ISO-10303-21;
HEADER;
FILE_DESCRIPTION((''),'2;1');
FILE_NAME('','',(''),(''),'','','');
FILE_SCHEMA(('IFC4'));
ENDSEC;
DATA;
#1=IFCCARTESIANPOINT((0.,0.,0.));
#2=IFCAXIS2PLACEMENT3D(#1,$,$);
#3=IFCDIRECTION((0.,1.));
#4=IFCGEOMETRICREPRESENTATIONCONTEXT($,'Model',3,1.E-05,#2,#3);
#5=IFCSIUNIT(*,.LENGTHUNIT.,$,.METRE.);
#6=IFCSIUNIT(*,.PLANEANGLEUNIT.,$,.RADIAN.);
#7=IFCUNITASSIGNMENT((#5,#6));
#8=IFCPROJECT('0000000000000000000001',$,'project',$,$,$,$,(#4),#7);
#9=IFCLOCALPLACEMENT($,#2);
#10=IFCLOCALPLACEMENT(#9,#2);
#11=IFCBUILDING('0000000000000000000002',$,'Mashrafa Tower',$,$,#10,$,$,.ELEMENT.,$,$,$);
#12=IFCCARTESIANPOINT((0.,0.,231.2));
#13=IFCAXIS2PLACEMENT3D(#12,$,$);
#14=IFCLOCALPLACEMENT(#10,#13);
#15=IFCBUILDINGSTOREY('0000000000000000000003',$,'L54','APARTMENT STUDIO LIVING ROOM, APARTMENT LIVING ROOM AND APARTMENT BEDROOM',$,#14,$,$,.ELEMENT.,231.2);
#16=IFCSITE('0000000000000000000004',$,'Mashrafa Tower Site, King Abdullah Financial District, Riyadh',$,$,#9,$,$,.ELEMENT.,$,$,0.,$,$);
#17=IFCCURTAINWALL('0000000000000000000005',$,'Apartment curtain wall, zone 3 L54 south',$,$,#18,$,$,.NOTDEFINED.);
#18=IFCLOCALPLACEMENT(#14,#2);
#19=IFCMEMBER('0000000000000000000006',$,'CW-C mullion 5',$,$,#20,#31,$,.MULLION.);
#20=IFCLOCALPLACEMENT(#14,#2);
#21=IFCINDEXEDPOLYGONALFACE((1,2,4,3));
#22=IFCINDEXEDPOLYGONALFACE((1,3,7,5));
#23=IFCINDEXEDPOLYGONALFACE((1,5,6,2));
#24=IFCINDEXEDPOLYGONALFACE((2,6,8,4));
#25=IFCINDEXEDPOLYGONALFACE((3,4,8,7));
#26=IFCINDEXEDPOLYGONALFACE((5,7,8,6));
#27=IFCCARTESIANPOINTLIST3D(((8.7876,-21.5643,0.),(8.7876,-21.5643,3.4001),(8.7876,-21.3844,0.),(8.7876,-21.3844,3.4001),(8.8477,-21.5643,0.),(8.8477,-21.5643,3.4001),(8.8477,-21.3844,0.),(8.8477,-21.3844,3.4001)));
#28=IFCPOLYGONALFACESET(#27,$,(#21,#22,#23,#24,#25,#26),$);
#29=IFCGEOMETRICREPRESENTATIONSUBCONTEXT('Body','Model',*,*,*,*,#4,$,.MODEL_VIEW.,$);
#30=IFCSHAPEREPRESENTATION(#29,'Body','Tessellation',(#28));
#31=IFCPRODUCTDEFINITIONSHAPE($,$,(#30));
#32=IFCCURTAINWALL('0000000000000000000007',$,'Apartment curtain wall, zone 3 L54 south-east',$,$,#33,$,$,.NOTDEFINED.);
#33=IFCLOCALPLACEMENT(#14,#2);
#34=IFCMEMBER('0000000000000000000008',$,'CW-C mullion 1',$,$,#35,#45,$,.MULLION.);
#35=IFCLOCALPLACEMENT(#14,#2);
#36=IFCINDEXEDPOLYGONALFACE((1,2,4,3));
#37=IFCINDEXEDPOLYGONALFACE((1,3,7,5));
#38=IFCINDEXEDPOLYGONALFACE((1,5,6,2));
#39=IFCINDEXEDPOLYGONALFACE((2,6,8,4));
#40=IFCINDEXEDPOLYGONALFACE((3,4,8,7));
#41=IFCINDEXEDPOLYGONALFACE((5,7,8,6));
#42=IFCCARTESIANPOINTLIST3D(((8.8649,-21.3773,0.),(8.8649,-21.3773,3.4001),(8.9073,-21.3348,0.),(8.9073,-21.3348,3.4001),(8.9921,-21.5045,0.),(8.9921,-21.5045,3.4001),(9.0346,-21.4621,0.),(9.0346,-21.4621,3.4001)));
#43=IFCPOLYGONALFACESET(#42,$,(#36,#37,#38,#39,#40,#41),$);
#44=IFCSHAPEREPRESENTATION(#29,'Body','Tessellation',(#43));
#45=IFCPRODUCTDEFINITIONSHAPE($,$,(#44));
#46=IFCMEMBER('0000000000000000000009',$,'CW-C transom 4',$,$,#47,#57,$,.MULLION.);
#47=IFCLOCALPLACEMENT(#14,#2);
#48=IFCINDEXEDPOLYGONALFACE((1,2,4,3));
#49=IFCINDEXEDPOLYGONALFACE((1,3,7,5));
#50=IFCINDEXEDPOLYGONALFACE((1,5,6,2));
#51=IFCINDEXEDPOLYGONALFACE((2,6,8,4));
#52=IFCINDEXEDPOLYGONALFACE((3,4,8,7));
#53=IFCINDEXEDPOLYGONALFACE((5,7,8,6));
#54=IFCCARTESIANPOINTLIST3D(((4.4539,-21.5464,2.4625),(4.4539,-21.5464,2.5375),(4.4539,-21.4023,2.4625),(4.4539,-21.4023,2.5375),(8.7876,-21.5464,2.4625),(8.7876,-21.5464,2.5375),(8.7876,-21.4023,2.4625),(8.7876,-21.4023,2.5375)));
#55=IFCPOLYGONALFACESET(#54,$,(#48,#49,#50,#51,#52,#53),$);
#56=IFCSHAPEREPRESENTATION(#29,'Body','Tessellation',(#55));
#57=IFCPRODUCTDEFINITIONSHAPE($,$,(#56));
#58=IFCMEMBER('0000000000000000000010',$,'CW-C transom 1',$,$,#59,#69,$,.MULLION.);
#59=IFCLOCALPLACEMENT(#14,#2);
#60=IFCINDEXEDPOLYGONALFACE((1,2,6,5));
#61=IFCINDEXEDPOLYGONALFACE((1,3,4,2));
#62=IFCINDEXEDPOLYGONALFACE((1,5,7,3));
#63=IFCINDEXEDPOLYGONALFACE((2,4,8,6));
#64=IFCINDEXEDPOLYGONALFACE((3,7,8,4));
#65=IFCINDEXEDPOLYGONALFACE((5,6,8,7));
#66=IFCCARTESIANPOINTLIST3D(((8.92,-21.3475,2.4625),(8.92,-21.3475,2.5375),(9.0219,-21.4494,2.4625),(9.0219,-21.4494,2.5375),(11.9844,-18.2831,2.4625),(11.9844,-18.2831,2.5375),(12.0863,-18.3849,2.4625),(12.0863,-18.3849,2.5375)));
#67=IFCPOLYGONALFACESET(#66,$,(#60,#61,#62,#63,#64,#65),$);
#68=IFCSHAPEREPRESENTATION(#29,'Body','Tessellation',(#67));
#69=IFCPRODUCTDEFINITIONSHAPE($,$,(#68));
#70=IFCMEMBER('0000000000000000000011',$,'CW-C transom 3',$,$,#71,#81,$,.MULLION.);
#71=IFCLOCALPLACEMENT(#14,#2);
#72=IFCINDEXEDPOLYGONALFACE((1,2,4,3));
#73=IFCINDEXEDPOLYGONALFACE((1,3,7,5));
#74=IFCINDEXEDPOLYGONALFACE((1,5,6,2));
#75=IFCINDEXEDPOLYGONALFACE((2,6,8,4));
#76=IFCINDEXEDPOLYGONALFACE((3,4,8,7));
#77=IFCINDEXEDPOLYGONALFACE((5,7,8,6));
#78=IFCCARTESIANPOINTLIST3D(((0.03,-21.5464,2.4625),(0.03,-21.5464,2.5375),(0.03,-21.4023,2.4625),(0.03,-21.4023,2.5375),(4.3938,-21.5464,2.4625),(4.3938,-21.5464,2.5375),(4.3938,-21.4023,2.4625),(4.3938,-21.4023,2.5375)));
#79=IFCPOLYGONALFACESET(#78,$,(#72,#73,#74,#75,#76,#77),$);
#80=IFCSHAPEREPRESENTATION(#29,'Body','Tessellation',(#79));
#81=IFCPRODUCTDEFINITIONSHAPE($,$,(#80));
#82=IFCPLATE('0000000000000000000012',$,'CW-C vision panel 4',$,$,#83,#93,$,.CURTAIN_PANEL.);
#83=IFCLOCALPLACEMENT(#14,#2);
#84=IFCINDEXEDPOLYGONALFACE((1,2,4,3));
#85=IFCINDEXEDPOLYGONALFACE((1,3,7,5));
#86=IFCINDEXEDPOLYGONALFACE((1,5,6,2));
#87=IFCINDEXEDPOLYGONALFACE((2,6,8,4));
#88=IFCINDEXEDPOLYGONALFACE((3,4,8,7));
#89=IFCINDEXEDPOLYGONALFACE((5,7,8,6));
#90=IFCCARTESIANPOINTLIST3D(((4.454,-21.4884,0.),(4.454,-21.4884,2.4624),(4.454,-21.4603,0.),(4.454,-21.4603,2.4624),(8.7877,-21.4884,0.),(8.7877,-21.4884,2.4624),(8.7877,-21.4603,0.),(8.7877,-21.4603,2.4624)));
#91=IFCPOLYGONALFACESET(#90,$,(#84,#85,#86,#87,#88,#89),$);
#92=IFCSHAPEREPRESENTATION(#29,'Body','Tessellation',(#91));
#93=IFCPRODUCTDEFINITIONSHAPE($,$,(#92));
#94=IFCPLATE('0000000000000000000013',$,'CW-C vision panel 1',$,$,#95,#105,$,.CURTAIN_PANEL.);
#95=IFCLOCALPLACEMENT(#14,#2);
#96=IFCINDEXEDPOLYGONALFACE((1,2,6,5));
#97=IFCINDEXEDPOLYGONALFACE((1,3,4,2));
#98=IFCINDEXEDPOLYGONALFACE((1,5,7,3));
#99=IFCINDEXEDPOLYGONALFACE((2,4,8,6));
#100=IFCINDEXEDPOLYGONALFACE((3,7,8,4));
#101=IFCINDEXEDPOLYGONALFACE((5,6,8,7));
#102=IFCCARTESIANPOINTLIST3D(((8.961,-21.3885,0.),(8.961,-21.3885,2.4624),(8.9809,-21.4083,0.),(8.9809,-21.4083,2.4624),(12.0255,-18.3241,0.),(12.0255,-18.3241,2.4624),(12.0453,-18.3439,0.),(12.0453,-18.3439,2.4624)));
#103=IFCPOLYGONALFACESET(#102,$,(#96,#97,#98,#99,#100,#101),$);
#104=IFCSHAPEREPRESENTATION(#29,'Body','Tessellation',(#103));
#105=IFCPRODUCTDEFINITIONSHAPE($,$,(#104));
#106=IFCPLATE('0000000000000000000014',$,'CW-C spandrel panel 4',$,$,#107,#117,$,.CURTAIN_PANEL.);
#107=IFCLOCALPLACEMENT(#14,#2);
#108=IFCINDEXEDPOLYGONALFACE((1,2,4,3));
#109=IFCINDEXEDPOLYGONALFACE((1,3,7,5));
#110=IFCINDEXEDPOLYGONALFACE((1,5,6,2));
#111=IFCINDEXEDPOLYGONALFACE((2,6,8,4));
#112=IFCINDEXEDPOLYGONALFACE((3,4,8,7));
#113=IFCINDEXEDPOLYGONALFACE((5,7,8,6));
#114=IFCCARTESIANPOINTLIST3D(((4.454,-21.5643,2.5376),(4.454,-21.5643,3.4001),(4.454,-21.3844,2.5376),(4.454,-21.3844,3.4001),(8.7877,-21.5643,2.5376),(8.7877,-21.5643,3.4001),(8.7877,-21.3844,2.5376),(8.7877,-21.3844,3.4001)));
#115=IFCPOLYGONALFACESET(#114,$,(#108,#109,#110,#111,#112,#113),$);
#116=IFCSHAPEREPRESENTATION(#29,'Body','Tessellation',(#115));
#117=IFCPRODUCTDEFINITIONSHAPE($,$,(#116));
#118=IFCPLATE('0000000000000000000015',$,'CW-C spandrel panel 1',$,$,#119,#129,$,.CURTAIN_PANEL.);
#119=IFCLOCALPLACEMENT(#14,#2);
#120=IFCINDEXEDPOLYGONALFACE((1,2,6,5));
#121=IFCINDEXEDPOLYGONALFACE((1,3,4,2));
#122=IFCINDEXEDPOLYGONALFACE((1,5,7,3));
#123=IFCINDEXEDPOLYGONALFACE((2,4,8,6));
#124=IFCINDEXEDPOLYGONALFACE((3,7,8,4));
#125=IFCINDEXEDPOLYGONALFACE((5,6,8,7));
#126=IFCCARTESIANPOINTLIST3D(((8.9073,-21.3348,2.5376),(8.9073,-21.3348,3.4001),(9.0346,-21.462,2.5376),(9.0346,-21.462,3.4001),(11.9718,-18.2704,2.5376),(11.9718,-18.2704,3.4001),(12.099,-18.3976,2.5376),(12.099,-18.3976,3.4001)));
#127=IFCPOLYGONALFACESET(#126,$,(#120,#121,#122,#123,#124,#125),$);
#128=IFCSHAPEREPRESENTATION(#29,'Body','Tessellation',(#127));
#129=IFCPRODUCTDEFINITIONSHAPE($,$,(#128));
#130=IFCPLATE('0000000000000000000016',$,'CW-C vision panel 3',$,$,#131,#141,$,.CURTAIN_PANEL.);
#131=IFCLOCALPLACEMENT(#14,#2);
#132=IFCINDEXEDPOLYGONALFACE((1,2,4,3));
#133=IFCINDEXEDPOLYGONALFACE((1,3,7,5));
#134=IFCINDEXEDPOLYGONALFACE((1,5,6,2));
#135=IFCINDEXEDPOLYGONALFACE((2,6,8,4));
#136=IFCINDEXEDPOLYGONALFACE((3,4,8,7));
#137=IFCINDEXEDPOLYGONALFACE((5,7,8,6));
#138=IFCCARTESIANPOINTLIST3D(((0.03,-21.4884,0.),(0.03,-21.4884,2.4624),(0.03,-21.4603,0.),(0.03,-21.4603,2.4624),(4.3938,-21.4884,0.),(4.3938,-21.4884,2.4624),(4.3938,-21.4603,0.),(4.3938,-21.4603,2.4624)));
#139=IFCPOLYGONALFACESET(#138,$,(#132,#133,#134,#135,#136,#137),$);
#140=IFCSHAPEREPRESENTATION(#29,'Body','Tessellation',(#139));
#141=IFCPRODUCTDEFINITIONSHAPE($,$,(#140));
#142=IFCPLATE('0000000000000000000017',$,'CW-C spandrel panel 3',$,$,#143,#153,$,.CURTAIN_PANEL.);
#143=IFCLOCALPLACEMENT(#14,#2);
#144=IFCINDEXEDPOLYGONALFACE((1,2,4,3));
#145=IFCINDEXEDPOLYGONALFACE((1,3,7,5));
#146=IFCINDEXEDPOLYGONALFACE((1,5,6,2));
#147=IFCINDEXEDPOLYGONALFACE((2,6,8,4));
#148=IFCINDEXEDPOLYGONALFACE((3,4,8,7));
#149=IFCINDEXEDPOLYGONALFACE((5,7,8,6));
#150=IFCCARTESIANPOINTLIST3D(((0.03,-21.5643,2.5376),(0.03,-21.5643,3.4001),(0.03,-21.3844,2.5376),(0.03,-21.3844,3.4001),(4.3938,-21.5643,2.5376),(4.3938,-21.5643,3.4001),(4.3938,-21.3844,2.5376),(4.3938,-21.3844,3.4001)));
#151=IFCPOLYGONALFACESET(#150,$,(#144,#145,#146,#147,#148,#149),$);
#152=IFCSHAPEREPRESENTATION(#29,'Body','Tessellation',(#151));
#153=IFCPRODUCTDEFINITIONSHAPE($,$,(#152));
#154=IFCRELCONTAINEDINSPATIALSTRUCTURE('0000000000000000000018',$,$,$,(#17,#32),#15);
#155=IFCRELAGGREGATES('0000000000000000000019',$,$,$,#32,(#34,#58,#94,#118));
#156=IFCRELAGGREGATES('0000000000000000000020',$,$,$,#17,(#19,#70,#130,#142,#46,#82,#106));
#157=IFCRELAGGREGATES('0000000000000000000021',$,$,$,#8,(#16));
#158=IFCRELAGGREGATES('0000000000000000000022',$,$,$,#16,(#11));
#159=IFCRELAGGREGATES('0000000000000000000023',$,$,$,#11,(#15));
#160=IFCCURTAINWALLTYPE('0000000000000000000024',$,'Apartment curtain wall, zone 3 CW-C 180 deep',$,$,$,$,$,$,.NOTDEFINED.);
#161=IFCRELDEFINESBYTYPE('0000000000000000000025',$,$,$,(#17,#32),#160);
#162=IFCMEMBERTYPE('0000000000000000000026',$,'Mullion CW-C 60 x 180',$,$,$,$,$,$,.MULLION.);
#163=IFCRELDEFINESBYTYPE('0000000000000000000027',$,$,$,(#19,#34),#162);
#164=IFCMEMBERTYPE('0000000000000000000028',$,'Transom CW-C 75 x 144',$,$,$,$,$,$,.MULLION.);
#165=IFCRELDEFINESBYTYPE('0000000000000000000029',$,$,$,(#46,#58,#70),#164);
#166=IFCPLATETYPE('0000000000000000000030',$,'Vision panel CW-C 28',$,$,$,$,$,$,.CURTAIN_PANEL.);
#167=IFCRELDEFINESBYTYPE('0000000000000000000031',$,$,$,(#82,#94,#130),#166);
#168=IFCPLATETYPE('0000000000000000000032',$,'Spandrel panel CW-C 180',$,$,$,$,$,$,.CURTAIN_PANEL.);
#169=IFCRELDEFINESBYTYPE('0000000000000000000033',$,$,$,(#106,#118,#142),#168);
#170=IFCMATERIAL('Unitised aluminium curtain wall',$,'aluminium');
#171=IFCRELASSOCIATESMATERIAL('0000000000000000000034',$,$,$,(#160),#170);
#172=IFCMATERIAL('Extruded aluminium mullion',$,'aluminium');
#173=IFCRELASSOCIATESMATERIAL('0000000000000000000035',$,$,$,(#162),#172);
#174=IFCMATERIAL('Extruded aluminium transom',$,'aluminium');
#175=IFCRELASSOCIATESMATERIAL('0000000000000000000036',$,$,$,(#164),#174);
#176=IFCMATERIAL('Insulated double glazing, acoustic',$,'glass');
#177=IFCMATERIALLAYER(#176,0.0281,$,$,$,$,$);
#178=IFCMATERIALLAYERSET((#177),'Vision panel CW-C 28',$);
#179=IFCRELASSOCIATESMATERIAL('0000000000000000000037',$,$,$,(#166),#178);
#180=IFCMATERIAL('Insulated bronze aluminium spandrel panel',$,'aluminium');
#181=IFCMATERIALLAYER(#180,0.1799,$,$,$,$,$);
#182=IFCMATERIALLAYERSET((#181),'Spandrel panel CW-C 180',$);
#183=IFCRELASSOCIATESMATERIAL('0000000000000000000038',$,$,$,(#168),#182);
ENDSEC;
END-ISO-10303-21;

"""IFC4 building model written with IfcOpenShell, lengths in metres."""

from ifc_helpers import new_model, si_unit, direction, frame, origin, origin_2d, place, context, subcontext, project, spatial, rectangle, extrude, source, transform, mapped, material, layer, layer_set, material_profile, profile_set, type_object, type_shapes, element, aggregate, save


model = new_model("IFC4")

# Units and contexts
model_context = context("Model", 3, precision=1e-05, world=origin(), true_north=direction((0.0, 1.0)))
body_context = subcontext(model_context, "Body", "Model", "MODEL_VIEW")
ifc_project = project(units=[si_unit("LENGTHUNIT", "METRE"), si_unit("PLANEANGLEUNIT", "RADIAN")], contexts=[model_context])

# Site, building, storey
site_placement = place(None, origin())
site = spatial("IfcSite", under=ifc_project, at=site_placement, Name="Mashrafa Tower Site, King Abdullah Financial District, Riyadh", CompositionType="ELEMENT", RefElevation=0.0)
building_placement = place(site_placement, origin())
building = spatial("IfcBuilding", under=site, at=building_placement, Name="Mashrafa Tower", CompositionType="ELEMENT")
storey_placement = place(building_placement, frame((0.0, 0.0, 231.2)))
storey = spatial("IfcBuildingStorey", under=building, at=storey_placement, Name="L54", Description="APARTMENT STUDIO LIVING ROOM, APARTMENT LIVING ROOM AND APARTMENT BEDROOM", CompositionType="ELEMENT", Elevation=231.2)

# Curtain wall, member
ifc_material_1 = material(Name="Unitised aluminium curtain wall", Category="aluminium")
curtain_wall_type = type_object("IfcCurtainWallType", Name="Apartment curtain wall, zone 3 CW-C 180 deep", PredefinedType="NOTDEFINED", material=ifc_material_1)
curtain_wall_1_placement = place(storey_placement, origin())
curtain_wall_1 = element("IfcCurtainWall", 1, at=curtain_wall_1_placement, inside=storey, type_object=curtain_wall_type, Name="Apartment curtain wall, zone 3 L54 south", PredefinedType="NOTDEFINED")
ifc_material_2 = material(Name="Extruded aluminium mullion", Category="aluminium")
ifc_material_profile_1 = material_profile(ifc_material_2, rectangle(XDim=0.1799, YDim=0.0601, at=origin_2d()), Name="Mullion 60x180")
ifc_profile_set_1 = profile_set([ifc_material_profile_1], Name="Extruded aluminium mullion")
member_type_1 = type_object("IfcMemberType", Name="Mullion CW-C 60 x 180", PredefinedType="MULLION", material=ifc_profile_set_1)
shared_shape_1 = source(origin(), body_context, "Body", "SweptSolid", [
    extrude(rectangle(XDim=0.1799, YDim=0.0601, at=origin_2d()), origin(), (0.0, 0.0, 1.0), 3.4001),
])
type_shapes(member_type_1, [shared_shape_1])
member_1_placement = place(storey_placement, frame((8.8176, -21.4744, 0.0), z_axis=(0.0, 0.0, 1.0), x_axis=(0.0, 1.0, 0.0)))
member_1 = element("IfcMember", 2, at=member_1_placement, type_object=member_type_1, Name="CW-C mullion 5", PredefinedType="MULLION", context=body_context, shape_type="MappedRepresentation", body=[
    mapped(shared_shape_1, transform((0.0, 0.0, 0.0))),
])

# Curtain wall, member
curtain_wall_2_placement = place(storey_placement, origin())
curtain_wall_2 = element("IfcCurtainWall", 3, at=curtain_wall_2_placement, inside=storey, type_object=curtain_wall_type, Name="Apartment curtain wall, zone 3 L54 south-east", PredefinedType="NOTDEFINED")
member_2_placement = place(storey_placement, frame((8.9497, -21.4197, 0.0), z_axis=(0.0, 0.0, 1.0), x_axis=(-0.707107, 0.707107, 0.0)))
member_2 = element("IfcMember", 4, at=member_2_placement, type_object=member_type_1, Name="CW-C mullion 1", PredefinedType="MULLION", context=body_context, shape_type="MappedRepresentation", body=[
    mapped(shared_shape_1, transform((0.0, 0.0, 0.0))),
])

# Members
ifc_material_3 = material(Name="Extruded aluminium transom", Category="aluminium")
ifc_material_profile_2 = material_profile(ifc_material_3, rectangle(XDim=0.144, YDim=0.075, at=origin_2d()), Name="Transom 75x144")
ifc_profile_set_2 = profile_set([ifc_material_profile_2], Name="Extruded aluminium transom")
member_type_2 = type_object("IfcMemberType", Name="Transom CW-C 75 x 144", PredefinedType="MULLION", material=ifc_profile_set_2)
shared_shape_2 = source(origin(), body_context, "Body", "SweptSolid", [
    extrude(rectangle(XDim=0.144, YDim=0.075, at=origin_2d()), origin(), (0.0, 0.0, 1.0), 4.3337),
])
member_3_placement = place(storey_placement, frame((4.4539, -21.4744, 2.5), z_axis=(1.0, 0.0, 0.0), x_axis=(0.0, 1.0, 0.0)))
member_3 = element("IfcMember", 5, at=member_3_placement, type_object=member_type_2, Name="CW-C transom 4", PredefinedType="MULLION", context=body_context, shape_type="MappedRepresentation", body=[
    mapped(shared_shape_2, transform((0.0, 0.0, 0.0))),
])
member_4_placement = place(storey_placement, frame((8.9709, -21.3984, 2.5), z_axis=(0.707107, 0.707107, 0.0), x_axis=(-0.707107, 0.707107, 0.0)))
member_4 = element("IfcMember", 6, at=member_4_placement, type_object=member_type_2, Name="CW-C transom 1", PredefinedType="MULLION", context=body_context, shape_type="MappedRepresentation", body=[
    mapped(shared_shape_2, transform((0.0, 0.0, 0.0))),
])
shared_shape_3 = source(origin(), body_context, "Body", "SweptSolid", [
    extrude(rectangle(XDim=0.144, YDim=0.075, at=origin_2d()), origin(), (0.0, 0.0, 1.0), 4.3638),
])
type_shapes(member_type_2, [shared_shape_2, shared_shape_3])
member_5_placement = place(storey_placement, frame((0.03, -21.4744, 2.5), z_axis=(1.0, 0.0, 0.0), x_axis=(0.0, 1.0, 0.0)))
member_5 = element("IfcMember", 7, at=member_5_placement, type_object=member_type_2, Name="CW-C transom 3", PredefinedType="MULLION", context=body_context, shape_type="MappedRepresentation", body=[
    mapped(shared_shape_3, transform((0.0, 0.0, 0.0))),
])

# Plates
ifc_material_4 = material(Name="Insulated double glazing, acoustic", Category="glass")
ifc_layer_1 = layer(ifc_material_4, 0.0281)
ifc_layer_set_1 = layer_set([ifc_layer_1], Name="Vision panel CW-C 28")
plate_type_1 = type_object("IfcPlateType", Name="Vision panel CW-C 28", PredefinedType="CURTAIN_PANEL", material=ifc_layer_set_1)
shared_shape_4 = source(origin(), body_context, "Body", "SweptSolid", [
    extrude(rectangle(XDim=4.3337, YDim=0.0281, at=origin_2d()), origin(), (0.0, 0.0, 1.0), 2.4624),
])
plate_1_placement = place(storey_placement, frame((6.6208, -21.4744, 0.0), z_axis=(0.0, 0.0, 1.0), x_axis=(1.0, 0.0, 0.0)))
plate_1 = element("IfcPlate", 8, at=plate_1_placement, type_object=plate_type_1, Name="CW-C vision panel 4", PredefinedType="CURTAIN_PANEL", context=body_context, shape_type="MappedRepresentation", body=[
    mapped(shared_shape_4, transform((0.0, 0.0, 0.0))),
])
plate_2_placement = place(storey_placement, frame((10.5032, -19.8662, 0.0), z_axis=(0.0, 0.0, 1.0), x_axis=(0.707107, 0.707107, 0.0)))
plate_2 = element("IfcPlate", 9, at=plate_2_placement, type_object=plate_type_1, Name="CW-C vision panel 1", PredefinedType="CURTAIN_PANEL", context=body_context, shape_type="MappedRepresentation", body=[
    mapped(shared_shape_4, transform((0.0, 0.0, 0.0))),
])
ifc_material_5 = material(Name="Insulated bronze aluminium spandrel panel", Category="aluminium")
ifc_layer_2 = layer(ifc_material_5, 0.1799)
ifc_layer_set_2 = layer_set([ifc_layer_2], Name="Spandrel panel CW-C 180")
plate_type_2 = type_object("IfcPlateType", Name="Spandrel panel CW-C 180", PredefinedType="CURTAIN_PANEL", material=ifc_layer_set_2)
shared_shape_5 = source(origin(), body_context, "Body", "SweptSolid", [
    extrude(rectangle(XDim=4.3337, YDim=0.1799, at=origin_2d()), origin(), (0.0, 0.0, 1.0), 0.8625),
])
plate_3_placement = place(storey_placement, frame((6.6208, -21.4744, 2.5376), z_axis=(0.0, 0.0, 1.0), x_axis=(1.0, 0.0, 0.0)))
plate_3 = element("IfcPlate", 10, at=plate_3_placement, type_object=plate_type_2, Name="CW-C spandrel panel 4", PredefinedType="CURTAIN_PANEL", context=body_context, shape_type="MappedRepresentation", body=[
    mapped(shared_shape_5, transform((0.0, 0.0, 0.0))),
])
plate_4_placement = place(storey_placement, frame((10.5032, -19.8662, 2.5376), z_axis=(0.0, 0.0, 1.0), x_axis=(0.707107, 0.707107, 0.0)))
plate_4 = element("IfcPlate", 11, at=plate_4_placement, type_object=plate_type_2, Name="CW-C spandrel panel 1", PredefinedType="CURTAIN_PANEL", context=body_context, shape_type="MappedRepresentation", body=[
    mapped(shared_shape_5, transform((0.0, 0.0, 0.0))),
])
aggregate(curtain_wall_2, [member_2, member_4, plate_2, plate_4])
shared_shape_6 = source(origin(), body_context, "Body", "SweptSolid", [
    extrude(rectangle(XDim=4.3638, YDim=0.0281, at=origin_2d()), origin(), (0.0, 0.0, 1.0), 2.4624),
])
type_shapes(plate_type_1, [shared_shape_4, shared_shape_6])
plate_5_placement = place(storey_placement, frame((2.2119, -21.4744, 0.0), z_axis=(0.0, 0.0, 1.0), x_axis=(1.0, 0.0, 0.0)))
plate_5 = element("IfcPlate", 12, at=plate_5_placement, type_object=plate_type_1, Name="CW-C vision panel 3", PredefinedType="CURTAIN_PANEL", context=body_context, shape_type="MappedRepresentation", body=[
    mapped(shared_shape_6, transform((0.0, 0.0, 0.0))),
])
shared_shape_7 = source(origin(), body_context, "Body", "SweptSolid", [
    extrude(rectangle(XDim=4.3638, YDim=0.1799, at=origin_2d()), origin(), (0.0, 0.0, 1.0), 0.8625),
])
type_shapes(plate_type_2, [shared_shape_5, shared_shape_7])
plate_6_placement = place(storey_placement, frame((2.2119, -21.4744, 2.5376), z_axis=(0.0, 0.0, 1.0), x_axis=(1.0, 0.0, 0.0)))
plate_6 = element("IfcPlate", 13, at=plate_6_placement, type_object=plate_type_2, Name="CW-C spandrel panel 3", PredefinedType="CURTAIN_PANEL", context=body_context, shape_type="MappedRepresentation", body=[
    mapped(shared_shape_7, transform((0.0, 0.0, 0.0))),
])
aggregate(curtain_wall_1, [member_1, member_5, plate_5, plate_6, member_3, plate_1, plate_3])

save(model, "model.ifc")
